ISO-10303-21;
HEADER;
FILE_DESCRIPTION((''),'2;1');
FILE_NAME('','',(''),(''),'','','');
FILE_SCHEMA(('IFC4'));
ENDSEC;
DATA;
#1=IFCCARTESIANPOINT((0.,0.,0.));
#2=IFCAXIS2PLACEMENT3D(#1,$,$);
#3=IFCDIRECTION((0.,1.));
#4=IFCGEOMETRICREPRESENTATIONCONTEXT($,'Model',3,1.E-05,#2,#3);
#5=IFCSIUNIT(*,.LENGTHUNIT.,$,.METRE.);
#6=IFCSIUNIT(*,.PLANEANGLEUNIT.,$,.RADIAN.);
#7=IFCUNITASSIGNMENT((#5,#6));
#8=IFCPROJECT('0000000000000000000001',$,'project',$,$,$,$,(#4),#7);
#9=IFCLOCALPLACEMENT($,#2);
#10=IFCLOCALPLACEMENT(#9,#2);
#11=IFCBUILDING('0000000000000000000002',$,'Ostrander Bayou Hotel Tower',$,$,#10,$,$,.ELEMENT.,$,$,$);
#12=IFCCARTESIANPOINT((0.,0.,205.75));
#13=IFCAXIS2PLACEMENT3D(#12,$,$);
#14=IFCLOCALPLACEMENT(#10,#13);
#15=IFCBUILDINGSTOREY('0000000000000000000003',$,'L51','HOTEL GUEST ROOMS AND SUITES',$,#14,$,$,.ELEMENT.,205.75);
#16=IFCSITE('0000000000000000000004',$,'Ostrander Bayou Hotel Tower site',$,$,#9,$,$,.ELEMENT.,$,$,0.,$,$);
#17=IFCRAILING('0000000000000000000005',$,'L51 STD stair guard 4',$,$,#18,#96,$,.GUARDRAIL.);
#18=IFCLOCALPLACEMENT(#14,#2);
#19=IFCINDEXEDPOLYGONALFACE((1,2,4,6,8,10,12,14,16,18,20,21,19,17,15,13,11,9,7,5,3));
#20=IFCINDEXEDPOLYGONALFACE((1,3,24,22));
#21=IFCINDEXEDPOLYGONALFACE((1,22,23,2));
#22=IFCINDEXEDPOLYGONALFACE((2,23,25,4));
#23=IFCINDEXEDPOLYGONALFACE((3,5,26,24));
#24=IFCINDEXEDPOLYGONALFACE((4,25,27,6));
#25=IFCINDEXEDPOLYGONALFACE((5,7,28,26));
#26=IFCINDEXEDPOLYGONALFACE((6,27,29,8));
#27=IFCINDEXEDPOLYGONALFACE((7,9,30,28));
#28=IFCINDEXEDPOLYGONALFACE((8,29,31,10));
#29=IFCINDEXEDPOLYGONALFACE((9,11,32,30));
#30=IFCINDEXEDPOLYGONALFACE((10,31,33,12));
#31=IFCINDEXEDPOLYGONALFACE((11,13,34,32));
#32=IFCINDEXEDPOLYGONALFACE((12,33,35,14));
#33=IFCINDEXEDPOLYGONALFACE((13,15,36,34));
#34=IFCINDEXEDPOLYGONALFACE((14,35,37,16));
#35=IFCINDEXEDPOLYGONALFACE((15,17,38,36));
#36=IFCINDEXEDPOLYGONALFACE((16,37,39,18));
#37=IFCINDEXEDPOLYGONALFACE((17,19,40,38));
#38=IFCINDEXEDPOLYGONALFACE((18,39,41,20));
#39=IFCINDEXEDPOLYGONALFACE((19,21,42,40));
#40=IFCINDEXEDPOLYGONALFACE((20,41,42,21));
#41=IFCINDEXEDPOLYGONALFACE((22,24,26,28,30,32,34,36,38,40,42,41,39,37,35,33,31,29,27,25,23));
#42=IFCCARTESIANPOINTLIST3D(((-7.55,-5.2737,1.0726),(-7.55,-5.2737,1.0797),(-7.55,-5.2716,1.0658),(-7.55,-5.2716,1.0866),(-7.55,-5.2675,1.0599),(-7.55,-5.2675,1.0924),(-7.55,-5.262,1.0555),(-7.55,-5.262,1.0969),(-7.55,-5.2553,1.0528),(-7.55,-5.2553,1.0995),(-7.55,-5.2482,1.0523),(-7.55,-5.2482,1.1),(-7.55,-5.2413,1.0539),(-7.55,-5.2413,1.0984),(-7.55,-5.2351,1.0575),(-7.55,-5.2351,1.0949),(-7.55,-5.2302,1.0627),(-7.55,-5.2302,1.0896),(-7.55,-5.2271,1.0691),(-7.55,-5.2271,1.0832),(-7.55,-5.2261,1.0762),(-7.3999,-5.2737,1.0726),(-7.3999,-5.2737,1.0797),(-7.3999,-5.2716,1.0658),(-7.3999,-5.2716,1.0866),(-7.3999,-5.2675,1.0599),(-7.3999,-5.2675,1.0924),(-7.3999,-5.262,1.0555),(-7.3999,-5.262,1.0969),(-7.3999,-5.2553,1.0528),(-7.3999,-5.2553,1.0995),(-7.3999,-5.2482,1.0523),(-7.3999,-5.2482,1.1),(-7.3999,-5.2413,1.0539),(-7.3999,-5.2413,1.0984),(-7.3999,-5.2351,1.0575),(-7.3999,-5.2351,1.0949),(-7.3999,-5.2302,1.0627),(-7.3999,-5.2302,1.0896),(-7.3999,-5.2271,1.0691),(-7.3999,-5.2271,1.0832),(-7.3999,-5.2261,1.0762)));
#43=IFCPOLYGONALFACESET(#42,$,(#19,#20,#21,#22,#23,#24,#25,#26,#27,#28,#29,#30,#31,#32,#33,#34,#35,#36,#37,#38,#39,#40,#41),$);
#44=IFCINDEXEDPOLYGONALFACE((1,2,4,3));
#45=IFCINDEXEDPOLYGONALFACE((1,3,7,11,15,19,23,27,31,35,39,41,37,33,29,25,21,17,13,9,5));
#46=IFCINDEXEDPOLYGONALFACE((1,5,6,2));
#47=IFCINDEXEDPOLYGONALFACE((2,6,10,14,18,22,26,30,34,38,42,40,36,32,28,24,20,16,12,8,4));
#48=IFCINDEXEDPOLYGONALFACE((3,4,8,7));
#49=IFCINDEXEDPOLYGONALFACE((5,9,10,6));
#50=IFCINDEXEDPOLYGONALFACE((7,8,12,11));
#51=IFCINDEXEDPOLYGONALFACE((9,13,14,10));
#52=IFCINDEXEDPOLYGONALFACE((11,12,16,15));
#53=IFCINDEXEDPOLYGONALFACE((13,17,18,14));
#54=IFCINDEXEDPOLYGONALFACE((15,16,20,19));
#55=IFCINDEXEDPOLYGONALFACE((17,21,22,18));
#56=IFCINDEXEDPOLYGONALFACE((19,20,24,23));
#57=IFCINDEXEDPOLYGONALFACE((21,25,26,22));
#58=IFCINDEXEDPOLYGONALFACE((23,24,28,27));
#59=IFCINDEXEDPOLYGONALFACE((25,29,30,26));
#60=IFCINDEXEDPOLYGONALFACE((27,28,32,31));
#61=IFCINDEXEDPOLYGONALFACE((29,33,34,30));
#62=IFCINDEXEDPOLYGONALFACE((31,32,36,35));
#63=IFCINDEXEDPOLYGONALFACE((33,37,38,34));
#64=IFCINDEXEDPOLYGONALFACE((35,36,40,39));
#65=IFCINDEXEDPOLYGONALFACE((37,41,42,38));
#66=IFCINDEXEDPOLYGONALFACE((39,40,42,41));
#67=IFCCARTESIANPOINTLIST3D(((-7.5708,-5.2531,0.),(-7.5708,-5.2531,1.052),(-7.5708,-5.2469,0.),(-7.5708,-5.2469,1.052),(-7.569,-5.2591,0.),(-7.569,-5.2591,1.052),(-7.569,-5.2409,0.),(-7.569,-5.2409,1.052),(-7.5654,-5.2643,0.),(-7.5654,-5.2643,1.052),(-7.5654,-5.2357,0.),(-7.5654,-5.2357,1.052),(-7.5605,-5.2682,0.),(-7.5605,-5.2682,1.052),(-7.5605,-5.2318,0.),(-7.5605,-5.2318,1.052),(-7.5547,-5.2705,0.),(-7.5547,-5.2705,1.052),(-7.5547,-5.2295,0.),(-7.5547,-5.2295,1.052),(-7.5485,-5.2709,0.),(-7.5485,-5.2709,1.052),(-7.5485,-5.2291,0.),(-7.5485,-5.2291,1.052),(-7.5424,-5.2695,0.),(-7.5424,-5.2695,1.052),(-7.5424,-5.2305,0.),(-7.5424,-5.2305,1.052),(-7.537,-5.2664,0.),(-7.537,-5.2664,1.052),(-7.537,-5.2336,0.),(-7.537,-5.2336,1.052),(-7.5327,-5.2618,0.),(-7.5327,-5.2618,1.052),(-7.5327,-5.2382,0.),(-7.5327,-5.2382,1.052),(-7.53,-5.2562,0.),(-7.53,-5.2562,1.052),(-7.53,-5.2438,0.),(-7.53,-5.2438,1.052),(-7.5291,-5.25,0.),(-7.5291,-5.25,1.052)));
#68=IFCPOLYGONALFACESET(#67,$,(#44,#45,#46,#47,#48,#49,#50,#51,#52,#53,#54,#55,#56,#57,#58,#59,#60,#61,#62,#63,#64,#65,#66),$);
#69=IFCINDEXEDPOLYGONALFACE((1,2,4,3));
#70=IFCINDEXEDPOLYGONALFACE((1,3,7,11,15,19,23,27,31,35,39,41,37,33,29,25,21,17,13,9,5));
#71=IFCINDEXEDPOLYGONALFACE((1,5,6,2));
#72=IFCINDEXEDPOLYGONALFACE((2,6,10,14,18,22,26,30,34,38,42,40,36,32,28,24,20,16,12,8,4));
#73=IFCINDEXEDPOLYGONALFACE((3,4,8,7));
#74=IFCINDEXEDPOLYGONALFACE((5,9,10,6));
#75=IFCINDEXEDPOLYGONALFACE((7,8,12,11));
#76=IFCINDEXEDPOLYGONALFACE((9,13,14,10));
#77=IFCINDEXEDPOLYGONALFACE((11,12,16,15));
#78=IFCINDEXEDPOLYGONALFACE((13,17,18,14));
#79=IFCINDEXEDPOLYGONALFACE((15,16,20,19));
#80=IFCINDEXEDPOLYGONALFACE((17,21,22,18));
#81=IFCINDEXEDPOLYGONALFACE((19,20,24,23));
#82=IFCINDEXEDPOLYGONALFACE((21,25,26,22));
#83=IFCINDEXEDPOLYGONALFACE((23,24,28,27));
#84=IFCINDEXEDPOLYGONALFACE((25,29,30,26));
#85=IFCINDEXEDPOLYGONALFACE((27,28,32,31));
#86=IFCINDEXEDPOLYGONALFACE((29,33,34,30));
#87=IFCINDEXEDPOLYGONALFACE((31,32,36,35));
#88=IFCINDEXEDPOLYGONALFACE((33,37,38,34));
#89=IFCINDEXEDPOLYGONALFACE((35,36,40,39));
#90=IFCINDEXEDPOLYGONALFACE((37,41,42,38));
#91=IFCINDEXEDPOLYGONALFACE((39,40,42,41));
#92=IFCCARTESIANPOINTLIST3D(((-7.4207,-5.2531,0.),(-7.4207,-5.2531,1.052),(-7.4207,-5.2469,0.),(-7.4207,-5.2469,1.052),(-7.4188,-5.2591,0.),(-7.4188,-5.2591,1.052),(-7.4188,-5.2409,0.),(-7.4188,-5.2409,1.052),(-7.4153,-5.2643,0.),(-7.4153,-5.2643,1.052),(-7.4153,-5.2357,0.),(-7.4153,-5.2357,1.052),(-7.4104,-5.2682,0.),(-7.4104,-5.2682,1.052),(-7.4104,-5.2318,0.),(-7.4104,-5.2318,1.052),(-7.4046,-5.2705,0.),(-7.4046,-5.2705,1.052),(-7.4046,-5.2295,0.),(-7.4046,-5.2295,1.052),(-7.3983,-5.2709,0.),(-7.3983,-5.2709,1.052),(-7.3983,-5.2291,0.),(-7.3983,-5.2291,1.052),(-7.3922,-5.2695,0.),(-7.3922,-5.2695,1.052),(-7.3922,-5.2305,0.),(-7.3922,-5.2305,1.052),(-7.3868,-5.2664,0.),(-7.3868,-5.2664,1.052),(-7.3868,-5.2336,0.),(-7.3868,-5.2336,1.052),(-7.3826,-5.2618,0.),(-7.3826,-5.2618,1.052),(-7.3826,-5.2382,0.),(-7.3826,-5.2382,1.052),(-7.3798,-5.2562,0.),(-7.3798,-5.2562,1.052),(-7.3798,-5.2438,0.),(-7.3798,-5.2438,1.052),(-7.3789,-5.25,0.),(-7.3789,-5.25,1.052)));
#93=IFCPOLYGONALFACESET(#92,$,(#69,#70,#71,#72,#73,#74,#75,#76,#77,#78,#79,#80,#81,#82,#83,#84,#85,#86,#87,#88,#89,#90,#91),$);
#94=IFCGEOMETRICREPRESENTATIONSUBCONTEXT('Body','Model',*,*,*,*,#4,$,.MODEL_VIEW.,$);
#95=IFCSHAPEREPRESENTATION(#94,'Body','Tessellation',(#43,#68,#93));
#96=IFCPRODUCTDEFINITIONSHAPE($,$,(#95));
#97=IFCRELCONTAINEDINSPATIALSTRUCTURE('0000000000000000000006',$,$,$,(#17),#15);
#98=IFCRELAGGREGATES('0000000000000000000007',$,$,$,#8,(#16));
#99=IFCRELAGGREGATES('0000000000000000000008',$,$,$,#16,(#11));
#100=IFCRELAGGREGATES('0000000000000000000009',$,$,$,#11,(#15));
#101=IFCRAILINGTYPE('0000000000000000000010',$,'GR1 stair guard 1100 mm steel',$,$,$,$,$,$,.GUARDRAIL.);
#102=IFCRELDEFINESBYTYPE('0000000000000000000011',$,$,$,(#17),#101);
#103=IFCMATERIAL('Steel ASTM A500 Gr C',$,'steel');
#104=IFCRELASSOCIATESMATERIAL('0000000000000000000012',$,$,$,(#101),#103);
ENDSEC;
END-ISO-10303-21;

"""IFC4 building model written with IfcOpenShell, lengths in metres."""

from ifc_helpers import new_model, si_unit, direction, frame, origin, origin_2d, place, context, subcontext, project, spatial, circle, extrude, material, type_object, element, save


model = new_model("IFC4")

# Units and contexts
model_context = context("Model", 3, precision=1e-05, world=origin(), true_north=direction((0.0, 1.0)))
body_context = subcontext(model_context, "Body", "Model", "MODEL_VIEW")
ifc_project = project(units=[si_unit("LENGTHUNIT", "METRE"), si_unit("PLANEANGLEUNIT", "RADIAN")], contexts=[model_context])

# Site, building, storey
site_placement = place(None, origin())
site = spatial("IfcSite", under=ifc_project, at=site_placement, Name="Ostrander Bayou Hotel Tower site", CompositionType="ELEMENT", RefElevation=0.0)
building_placement = place(site_placement, origin())
building = spatial("IfcBuilding", under=site, at=building_placement, Name="Ostrander Bayou Hotel Tower", CompositionType="ELEMENT")
storey_placement = place(building_placement, frame((0.0, 0.0, 205.75)))
storey = spatial("IfcBuildingStorey", under=building, at=storey_placement, Name="L51", Description="HOTEL GUEST ROOMS AND SUITES", CompositionType="ELEMENT", Elevation=205.75)

# Railing
ifc_material_1 = material(Name="Steel ASTM A500 Gr C", Category="steel")
railing_type_1 = type_object("IfcRailingType", Name="GR1 stair guard 1100 mm steel", PredefinedType="GUARDRAIL", material=ifc_material_1)
railing_1_placement = place(storey_placement, frame((-7.55, -5.25, 0.0)))
element("IfcRailing", 1, at=railing_1_placement, inside=storey, type_object=railing_type_1, Name="L51 STD stair guard 4", PredefinedType="GUARDRAIL", context=body_context, shape_type="SweptSolid", body=[
    extrude(circle(Radius=0.0239, at=origin_2d()), frame((0.0, 0.0, 1.0762), z_axis=(1.0, 0.0, 0.0), x_axis=(0.0, 1.0, 0.0)), (0.0, 0.0, 1.0), 0.1501),
    extrude(circle(Radius=0.021, at=origin_2d()), origin(), (0.0, 0.0, 1.0), 1.052),
    extrude(circle(Radius=0.021, at=origin_2d()), frame((0.1501, 0.0, 0.0)), (0.0, 0.0, 1.0), 1.052),
])

save(model, "model.ifc")
